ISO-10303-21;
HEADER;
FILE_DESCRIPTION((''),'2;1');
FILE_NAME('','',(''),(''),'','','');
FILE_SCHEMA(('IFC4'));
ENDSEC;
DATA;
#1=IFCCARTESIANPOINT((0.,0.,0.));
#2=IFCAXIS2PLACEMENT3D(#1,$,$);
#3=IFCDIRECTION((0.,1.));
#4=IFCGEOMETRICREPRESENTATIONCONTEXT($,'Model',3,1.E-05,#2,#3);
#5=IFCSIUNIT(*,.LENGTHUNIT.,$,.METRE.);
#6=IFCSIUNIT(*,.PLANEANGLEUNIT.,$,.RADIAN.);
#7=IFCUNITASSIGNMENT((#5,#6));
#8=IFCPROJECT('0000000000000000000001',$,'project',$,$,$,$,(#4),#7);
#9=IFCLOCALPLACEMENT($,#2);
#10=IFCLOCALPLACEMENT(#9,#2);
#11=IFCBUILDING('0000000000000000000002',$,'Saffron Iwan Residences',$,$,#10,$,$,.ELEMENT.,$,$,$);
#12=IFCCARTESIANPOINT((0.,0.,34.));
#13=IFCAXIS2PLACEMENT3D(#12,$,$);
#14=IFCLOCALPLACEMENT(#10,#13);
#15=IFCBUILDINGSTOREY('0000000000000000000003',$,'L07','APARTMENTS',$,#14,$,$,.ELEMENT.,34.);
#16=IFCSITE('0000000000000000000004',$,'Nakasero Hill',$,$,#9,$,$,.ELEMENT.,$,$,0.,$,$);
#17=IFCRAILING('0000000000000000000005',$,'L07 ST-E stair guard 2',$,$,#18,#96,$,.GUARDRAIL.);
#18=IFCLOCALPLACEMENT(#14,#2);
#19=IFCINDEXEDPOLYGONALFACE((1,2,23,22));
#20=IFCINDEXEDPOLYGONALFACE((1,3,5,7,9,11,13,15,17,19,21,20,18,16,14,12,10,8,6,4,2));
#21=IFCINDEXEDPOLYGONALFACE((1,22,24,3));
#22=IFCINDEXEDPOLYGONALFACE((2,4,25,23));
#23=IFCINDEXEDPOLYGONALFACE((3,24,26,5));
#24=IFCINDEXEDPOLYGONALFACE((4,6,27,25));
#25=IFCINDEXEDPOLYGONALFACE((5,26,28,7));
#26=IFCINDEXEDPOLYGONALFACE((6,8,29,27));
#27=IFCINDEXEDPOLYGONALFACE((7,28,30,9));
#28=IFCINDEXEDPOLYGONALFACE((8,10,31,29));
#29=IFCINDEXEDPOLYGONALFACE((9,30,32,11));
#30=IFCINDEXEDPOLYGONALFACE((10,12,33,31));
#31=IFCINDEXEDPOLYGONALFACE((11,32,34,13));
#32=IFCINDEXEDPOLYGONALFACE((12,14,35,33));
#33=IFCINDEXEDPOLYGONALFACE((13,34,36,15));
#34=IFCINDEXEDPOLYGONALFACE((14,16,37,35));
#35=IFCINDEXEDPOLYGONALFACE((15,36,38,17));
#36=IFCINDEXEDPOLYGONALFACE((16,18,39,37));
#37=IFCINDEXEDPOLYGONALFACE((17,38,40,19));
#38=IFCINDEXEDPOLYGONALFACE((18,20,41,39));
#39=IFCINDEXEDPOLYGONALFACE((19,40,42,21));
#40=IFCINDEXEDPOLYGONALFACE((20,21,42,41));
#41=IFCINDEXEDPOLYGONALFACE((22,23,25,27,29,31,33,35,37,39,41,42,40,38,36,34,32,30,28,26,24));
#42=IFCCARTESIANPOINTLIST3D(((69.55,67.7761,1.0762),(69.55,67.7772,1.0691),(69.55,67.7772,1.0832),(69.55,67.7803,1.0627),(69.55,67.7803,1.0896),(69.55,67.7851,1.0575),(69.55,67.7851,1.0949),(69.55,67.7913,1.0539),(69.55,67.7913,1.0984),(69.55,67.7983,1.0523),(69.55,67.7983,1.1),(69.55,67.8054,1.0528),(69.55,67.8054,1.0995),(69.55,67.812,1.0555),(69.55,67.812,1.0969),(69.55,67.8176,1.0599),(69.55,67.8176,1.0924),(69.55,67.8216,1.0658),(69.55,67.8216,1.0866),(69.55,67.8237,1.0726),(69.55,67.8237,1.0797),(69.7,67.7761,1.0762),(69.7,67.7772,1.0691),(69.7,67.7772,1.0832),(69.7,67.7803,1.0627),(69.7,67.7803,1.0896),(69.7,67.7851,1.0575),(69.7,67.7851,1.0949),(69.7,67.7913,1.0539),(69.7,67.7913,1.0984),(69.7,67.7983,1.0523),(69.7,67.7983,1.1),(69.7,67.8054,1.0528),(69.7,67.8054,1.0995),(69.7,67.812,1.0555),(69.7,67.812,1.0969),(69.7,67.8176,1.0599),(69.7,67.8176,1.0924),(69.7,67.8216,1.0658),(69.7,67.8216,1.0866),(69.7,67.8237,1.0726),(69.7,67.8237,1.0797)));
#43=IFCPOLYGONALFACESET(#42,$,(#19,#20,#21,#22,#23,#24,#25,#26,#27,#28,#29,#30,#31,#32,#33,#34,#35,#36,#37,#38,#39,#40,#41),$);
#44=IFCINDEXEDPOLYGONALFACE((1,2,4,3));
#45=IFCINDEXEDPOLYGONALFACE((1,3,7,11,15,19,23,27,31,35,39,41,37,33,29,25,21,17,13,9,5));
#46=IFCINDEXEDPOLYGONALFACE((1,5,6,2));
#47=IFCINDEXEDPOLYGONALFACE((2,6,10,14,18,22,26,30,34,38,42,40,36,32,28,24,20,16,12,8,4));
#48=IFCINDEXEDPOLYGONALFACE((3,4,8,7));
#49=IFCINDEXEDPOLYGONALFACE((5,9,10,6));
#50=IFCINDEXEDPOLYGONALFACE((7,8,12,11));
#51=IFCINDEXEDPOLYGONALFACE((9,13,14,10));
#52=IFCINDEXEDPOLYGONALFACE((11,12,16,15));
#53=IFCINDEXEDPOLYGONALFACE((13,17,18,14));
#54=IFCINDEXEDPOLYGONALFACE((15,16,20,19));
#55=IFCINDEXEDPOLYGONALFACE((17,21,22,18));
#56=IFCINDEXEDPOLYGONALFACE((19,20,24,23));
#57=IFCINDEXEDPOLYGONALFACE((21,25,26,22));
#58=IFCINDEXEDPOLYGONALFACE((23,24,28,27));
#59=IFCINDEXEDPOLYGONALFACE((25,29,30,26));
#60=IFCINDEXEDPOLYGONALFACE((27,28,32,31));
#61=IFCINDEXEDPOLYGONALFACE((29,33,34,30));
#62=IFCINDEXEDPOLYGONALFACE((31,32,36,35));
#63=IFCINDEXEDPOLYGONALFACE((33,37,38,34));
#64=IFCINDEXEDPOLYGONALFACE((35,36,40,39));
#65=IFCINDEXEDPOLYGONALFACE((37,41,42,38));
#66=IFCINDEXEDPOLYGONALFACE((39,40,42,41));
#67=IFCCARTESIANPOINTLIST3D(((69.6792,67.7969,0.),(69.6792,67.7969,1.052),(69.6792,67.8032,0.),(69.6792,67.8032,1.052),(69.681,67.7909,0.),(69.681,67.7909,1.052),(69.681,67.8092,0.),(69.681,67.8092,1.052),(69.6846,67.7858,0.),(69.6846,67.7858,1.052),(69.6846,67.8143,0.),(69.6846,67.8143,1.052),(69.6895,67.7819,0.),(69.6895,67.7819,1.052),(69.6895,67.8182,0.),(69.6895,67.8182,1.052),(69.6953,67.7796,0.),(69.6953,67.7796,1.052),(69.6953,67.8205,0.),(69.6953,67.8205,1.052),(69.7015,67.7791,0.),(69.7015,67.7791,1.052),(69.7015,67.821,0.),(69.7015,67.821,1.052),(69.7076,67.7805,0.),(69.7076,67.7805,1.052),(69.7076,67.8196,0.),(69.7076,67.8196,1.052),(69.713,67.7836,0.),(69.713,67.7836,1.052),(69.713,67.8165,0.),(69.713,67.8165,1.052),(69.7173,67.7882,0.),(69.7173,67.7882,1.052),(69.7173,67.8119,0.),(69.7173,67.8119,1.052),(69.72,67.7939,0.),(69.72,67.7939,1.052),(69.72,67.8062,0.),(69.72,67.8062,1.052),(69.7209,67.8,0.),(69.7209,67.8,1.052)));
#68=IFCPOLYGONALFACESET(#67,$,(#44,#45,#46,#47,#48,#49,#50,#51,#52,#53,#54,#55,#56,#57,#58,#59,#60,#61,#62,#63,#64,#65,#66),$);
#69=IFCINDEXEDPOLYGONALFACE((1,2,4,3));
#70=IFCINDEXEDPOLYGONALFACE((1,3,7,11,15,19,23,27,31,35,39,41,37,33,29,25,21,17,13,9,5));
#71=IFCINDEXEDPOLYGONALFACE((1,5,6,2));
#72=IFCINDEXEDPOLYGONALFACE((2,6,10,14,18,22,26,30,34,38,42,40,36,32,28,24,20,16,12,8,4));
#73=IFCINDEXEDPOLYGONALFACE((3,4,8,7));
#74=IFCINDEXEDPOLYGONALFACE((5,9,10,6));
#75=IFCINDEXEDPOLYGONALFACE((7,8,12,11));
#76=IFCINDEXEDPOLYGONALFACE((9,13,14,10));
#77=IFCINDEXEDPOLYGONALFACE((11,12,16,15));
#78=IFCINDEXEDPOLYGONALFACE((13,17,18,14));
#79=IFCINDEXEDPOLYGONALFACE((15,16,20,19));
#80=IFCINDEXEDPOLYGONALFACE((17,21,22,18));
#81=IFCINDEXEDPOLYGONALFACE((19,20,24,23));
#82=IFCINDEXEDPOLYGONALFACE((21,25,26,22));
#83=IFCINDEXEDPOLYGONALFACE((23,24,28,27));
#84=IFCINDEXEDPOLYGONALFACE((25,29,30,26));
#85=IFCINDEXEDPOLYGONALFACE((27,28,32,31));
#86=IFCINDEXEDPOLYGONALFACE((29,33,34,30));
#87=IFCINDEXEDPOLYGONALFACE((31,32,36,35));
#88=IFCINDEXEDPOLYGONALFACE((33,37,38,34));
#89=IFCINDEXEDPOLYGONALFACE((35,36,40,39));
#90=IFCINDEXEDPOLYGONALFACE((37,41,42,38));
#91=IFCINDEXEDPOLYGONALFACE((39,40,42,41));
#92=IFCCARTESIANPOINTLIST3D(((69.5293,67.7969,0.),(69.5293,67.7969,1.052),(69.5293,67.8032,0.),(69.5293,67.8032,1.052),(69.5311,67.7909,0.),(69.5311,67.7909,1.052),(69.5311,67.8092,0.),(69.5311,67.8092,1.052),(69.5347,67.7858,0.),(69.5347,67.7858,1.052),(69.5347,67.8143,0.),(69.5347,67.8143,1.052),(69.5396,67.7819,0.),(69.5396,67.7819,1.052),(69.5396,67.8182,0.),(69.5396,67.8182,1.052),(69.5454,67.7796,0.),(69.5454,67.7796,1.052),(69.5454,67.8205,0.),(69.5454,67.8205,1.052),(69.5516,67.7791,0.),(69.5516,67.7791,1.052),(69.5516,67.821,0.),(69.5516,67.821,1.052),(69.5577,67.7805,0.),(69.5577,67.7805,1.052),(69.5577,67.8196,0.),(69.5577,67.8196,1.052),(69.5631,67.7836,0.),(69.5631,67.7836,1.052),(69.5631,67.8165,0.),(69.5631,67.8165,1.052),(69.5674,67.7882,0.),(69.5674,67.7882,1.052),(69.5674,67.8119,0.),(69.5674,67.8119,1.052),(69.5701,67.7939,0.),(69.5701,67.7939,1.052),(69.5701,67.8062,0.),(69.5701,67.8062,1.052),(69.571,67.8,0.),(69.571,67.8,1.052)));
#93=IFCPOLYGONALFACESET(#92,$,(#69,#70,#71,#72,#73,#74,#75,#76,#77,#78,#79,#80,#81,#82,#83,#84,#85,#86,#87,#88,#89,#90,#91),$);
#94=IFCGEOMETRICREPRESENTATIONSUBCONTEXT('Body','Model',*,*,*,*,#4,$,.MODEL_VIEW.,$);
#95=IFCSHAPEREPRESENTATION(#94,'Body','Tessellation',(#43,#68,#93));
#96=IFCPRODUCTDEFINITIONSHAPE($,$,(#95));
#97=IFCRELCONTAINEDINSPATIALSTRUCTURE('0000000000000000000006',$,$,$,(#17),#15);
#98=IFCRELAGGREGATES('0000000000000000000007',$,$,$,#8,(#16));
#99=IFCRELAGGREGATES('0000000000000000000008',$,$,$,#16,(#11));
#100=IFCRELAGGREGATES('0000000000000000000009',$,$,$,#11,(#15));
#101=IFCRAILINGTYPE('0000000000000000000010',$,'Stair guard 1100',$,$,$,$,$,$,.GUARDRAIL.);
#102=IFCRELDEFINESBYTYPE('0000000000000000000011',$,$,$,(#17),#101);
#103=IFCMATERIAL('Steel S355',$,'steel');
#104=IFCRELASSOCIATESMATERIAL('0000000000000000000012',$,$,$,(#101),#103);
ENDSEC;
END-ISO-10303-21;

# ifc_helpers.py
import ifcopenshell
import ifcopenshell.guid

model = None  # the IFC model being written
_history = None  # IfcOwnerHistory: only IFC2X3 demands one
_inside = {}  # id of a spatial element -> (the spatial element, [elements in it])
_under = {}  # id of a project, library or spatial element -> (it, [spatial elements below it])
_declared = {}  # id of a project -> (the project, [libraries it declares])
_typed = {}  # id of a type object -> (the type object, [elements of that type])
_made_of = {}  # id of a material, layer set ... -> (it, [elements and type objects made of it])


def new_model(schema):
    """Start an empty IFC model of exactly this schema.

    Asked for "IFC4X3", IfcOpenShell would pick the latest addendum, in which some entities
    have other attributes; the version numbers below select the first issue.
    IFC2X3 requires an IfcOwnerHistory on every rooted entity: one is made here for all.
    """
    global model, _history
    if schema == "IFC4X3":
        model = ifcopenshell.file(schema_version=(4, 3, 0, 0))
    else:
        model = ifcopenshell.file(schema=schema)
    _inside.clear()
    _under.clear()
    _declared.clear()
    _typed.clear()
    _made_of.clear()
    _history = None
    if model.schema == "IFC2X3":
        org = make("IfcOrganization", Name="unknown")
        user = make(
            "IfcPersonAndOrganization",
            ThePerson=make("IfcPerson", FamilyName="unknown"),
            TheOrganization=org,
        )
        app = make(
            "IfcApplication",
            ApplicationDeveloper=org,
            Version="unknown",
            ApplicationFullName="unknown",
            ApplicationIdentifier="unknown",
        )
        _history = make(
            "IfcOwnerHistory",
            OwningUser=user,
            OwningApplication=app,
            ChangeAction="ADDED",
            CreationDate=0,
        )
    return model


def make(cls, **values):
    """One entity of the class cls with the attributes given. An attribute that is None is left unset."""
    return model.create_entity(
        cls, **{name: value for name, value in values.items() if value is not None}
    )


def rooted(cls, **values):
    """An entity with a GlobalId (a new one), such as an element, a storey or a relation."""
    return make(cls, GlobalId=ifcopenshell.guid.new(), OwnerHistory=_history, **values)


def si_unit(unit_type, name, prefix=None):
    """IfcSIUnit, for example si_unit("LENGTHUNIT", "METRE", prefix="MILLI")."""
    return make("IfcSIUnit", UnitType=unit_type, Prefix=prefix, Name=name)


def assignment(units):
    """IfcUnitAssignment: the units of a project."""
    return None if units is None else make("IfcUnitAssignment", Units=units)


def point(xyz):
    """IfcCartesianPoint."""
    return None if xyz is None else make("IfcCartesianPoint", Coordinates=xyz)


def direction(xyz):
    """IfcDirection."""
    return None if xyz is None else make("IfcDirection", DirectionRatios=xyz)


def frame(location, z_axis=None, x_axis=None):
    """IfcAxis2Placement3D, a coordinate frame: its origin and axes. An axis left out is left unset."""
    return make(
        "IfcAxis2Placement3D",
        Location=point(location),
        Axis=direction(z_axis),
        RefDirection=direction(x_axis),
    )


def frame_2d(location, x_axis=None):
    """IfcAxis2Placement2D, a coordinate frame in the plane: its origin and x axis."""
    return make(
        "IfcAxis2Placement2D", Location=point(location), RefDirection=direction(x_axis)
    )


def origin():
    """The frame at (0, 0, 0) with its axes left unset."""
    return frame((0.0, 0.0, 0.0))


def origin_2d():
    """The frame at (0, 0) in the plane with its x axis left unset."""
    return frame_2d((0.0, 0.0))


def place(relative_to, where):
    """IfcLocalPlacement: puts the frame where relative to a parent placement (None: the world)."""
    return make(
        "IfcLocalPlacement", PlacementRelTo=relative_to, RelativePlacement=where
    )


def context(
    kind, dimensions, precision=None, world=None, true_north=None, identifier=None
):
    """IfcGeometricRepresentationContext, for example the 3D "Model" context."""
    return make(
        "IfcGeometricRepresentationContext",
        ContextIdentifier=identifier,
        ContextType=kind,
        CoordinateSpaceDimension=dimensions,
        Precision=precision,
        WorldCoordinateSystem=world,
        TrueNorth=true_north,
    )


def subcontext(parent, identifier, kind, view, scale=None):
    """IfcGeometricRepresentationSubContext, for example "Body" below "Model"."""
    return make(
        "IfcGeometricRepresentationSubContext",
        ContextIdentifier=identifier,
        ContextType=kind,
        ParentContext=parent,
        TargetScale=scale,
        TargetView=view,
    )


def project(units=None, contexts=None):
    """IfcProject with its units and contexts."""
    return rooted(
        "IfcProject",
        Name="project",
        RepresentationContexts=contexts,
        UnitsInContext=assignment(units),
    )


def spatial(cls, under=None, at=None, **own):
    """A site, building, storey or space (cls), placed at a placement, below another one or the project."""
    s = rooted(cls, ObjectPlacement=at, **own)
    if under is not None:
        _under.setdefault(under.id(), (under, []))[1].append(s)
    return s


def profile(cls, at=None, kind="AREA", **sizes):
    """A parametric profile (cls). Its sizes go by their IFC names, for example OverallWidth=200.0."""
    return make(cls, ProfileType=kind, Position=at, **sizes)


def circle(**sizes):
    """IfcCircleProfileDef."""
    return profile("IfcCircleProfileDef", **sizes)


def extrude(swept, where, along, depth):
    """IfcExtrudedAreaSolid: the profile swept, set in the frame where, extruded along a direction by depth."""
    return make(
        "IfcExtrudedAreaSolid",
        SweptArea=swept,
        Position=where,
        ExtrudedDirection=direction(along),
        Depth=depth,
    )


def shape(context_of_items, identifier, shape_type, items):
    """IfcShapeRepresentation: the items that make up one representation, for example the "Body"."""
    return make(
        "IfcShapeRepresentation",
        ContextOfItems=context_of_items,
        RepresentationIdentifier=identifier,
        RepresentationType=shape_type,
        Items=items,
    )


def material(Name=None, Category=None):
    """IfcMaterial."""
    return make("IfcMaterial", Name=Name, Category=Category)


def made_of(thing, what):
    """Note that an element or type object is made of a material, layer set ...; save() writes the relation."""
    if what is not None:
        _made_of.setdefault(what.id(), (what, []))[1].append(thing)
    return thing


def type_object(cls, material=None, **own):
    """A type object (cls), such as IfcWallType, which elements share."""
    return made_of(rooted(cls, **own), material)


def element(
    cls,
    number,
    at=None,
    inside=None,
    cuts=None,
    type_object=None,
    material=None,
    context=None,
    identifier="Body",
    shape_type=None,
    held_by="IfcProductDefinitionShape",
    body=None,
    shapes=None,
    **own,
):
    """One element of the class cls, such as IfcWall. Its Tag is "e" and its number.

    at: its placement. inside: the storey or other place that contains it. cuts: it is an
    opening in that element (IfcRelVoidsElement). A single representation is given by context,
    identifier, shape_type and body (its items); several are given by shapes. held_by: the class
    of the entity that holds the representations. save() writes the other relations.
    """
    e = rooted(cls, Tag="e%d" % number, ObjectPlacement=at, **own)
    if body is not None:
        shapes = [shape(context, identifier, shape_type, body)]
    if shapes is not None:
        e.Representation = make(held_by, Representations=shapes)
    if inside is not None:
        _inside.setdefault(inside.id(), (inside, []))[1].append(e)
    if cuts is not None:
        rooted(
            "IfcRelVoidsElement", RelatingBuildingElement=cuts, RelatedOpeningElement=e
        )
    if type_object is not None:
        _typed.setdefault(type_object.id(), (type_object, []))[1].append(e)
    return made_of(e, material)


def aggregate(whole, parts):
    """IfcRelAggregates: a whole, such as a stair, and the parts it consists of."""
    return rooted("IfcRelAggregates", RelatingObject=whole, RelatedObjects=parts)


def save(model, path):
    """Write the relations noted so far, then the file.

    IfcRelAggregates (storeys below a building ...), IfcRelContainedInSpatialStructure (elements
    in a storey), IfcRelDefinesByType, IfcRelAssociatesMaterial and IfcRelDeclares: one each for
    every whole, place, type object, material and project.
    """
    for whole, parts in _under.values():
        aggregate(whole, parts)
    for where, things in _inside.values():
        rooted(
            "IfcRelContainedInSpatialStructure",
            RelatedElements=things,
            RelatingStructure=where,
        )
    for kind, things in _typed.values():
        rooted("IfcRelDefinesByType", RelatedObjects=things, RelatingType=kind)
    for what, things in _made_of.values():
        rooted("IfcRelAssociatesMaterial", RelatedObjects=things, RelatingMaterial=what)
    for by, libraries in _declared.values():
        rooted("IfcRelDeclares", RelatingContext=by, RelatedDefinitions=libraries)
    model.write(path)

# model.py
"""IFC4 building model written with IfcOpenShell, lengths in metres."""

from ifc_helpers import new_model, si_unit, direction, frame, origin, origin_2d, place, context, subcontext, project, spatial, circle, extrude, material, type_object, element, save


model = new_model("IFC4")

# Units and contexts
model_context = context("Model", 3, precision=1e-05, world=origin(), true_north=direction((0.0, 1.0)))
body_context = subcontext(model_context, "Body", "Model", "MODEL_VIEW")
ifc_project = project(units=[si_unit("LENGTHUNIT", "METRE"), si_unit("PLANEANGLEUNIT", "RADIAN")], contexts=[model_context])

# Site, building, storey
site_placement = place(None, origin())
site = spatial("IfcSite", under=ifc_project, at=site_placement, Name="Nakasero Hill", CompositionType="ELEMENT", RefElevation=0.0)
building_placement = place(site_placement, origin())
building = spatial("IfcBuilding", under=site, at=building_placement, Name="Saffron Iwan Residences", CompositionType="ELEMENT")
storey_placement = place(building_placement, frame((0.0, 0.0, 34.0)))
storey = spatial("IfcBuildingStorey", under=building, at=storey_placement, Name="L07", Description="APARTMENTS", CompositionType="ELEMENT", Elevation=34.0)

# Railing
ifc_material_1 = material(Name="Steel S355", Category="steel")
railing_type_1 = type_object("IfcRailingType", Name="Stair guard 1100", PredefinedType="GUARDRAIL", material=ifc_material_1)
railing_1_placement = place(storey_placement, frame((69.7, 67.8, 0.0)))
element("IfcRailing", 1, at=railing_1_placement, inside=storey, type_object=railing_type_1, Name="L07 ST-E stair guard 2", PredefinedType="GUARDRAIL", context=body_context, shape_type="SweptSolid", body=[
    extrude(circle(Radius=0.0239, at=origin_2d()), frame((0.0, 0.0, 1.0762), z_axis=(-1.0, 0.0, 0.0), x_axis=(0.0, -1.0, 0.0)), (0.0, 0.0, 1.0), 0.1499),
    extrude(circle(Radius=0.021, at=origin_2d()), origin(), (0.0, 0.0, 1.0), 1.052),
    extrude(circle(Radius=0.021, at=origin_2d()), frame((-0.1499, 0.0, 0.0)), (0.0, 0.0, 1.0), 1.052),
])

save(model, "model.ifc")
